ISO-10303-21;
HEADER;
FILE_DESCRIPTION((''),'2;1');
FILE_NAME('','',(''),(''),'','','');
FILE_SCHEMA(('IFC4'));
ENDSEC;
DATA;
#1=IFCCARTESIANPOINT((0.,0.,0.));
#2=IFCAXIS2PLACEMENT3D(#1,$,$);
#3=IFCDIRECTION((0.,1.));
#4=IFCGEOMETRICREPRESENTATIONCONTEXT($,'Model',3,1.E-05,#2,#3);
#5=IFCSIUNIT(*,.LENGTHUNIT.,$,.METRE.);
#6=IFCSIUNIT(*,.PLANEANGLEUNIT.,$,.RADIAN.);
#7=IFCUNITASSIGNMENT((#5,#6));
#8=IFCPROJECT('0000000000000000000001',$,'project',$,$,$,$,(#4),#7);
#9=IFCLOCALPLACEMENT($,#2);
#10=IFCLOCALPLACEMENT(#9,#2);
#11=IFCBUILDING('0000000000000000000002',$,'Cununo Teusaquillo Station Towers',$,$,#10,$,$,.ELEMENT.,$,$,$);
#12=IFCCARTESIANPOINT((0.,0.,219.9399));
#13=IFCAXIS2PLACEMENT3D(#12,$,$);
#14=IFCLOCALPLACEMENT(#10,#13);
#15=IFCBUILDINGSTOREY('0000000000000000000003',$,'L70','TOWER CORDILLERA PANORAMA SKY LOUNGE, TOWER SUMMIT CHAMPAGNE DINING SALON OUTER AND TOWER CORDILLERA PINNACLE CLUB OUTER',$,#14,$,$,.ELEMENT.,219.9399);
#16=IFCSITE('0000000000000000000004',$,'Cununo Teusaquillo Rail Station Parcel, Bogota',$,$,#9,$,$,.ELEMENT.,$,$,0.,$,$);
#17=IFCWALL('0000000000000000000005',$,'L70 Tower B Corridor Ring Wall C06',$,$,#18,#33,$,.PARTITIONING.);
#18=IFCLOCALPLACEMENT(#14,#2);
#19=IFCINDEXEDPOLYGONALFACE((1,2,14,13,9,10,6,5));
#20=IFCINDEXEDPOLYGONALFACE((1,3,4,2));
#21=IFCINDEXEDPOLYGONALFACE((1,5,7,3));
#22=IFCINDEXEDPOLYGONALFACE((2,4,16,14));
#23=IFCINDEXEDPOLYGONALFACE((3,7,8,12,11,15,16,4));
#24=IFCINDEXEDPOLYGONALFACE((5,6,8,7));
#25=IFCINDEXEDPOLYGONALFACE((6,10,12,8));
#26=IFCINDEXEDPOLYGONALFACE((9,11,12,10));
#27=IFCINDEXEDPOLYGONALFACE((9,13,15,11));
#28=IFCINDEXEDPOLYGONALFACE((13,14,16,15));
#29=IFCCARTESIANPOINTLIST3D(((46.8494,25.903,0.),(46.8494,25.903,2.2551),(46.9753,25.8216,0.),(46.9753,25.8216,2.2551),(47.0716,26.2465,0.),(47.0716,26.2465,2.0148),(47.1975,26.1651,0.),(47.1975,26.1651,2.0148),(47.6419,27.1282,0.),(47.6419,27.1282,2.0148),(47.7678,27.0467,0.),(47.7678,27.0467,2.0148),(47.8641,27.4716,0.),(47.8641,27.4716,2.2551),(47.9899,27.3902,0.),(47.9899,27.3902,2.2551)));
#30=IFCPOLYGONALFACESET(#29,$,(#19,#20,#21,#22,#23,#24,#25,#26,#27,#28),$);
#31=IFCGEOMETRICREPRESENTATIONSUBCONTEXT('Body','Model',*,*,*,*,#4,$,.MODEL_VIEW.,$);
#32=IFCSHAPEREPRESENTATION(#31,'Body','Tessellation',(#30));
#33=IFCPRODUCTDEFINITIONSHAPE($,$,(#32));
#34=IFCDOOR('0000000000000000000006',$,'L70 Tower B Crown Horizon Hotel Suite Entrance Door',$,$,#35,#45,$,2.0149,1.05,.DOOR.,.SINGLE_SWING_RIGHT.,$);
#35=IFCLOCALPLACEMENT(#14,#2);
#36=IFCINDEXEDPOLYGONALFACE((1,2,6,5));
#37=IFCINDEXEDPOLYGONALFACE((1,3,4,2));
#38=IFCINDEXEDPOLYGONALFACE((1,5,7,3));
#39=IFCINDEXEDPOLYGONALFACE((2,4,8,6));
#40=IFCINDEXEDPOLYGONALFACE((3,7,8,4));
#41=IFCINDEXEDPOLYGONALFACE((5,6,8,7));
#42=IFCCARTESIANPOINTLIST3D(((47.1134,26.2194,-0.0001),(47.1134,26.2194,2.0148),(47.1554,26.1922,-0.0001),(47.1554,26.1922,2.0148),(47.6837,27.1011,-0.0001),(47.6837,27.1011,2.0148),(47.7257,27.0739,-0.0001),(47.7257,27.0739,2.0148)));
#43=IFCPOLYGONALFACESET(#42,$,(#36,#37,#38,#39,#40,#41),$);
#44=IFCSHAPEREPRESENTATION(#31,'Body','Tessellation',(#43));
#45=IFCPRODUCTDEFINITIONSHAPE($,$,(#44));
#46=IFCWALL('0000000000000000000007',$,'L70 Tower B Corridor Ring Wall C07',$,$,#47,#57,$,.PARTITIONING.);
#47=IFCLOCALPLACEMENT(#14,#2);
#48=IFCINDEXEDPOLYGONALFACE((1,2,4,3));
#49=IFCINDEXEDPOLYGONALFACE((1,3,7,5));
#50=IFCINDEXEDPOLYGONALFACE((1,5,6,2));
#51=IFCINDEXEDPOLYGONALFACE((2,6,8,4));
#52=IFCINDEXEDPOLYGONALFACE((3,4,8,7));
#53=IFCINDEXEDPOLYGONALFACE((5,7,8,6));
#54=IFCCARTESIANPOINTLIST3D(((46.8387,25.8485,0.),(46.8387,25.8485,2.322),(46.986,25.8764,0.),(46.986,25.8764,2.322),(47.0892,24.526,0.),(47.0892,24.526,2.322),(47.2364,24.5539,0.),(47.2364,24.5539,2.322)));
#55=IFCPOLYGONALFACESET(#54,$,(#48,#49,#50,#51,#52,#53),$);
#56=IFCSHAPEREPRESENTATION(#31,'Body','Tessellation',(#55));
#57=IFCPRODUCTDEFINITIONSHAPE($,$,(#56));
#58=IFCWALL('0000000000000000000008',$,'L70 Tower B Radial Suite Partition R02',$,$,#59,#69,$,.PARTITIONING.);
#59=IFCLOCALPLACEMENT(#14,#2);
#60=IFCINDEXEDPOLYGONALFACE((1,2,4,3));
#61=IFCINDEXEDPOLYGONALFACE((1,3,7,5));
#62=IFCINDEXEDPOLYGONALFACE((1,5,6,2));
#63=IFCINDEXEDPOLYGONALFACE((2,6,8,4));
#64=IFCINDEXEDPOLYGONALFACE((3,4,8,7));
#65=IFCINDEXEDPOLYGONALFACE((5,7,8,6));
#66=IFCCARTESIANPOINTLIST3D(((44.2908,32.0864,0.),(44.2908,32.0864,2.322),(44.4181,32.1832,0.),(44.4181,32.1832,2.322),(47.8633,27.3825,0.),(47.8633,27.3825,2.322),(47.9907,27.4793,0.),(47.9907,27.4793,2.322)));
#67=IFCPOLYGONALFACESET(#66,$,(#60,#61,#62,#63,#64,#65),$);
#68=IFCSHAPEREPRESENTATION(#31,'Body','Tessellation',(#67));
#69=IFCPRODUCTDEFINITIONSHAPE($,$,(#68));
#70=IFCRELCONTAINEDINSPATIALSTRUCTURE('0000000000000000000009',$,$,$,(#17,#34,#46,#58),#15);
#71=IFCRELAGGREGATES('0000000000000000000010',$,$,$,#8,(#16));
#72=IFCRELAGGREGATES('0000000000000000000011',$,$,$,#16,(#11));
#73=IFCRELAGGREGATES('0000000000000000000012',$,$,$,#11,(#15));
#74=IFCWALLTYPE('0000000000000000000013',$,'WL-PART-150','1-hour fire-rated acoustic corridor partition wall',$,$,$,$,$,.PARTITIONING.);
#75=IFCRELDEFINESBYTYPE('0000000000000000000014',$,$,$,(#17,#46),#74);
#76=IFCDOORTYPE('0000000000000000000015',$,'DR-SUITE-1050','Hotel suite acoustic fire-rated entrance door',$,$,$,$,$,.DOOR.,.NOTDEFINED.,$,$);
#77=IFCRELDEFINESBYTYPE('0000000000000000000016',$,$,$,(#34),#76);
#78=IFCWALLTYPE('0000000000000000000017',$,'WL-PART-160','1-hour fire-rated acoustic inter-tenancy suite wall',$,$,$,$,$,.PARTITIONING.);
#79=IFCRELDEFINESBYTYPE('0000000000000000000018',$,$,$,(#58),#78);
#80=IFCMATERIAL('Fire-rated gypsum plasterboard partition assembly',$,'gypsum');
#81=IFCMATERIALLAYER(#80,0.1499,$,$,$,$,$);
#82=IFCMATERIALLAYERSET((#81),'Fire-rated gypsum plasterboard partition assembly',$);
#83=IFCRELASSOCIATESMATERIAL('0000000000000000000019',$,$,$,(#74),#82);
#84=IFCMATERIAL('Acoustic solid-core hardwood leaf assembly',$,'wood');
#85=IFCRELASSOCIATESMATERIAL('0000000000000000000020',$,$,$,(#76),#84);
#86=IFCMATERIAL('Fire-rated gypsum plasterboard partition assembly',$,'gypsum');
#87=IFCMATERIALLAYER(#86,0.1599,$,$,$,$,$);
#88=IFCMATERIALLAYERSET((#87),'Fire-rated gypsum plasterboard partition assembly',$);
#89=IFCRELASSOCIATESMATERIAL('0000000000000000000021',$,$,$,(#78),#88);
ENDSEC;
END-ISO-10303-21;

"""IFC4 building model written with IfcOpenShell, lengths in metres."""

from ifc_helpers import new_model, si_unit, direction, frame, frame_2d, origin, place, context, subcontext, project, spatial, rectangle, extrude, source, transform, mapped, material, layer, layer_set, type_object, element, fill, save


model = new_model("IFC4")

# Units and contexts
model_context = context("Model", 3, precision=1e-05, world=origin(), true_north=direction((0.0, 1.0)))
body_context = subcontext(model_context, "Body", "Model", "MODEL_VIEW")
ifc_project = project(units=[si_unit("LENGTHUNIT", "METRE"), si_unit("PLANEANGLEUNIT", "RADIAN")], contexts=[model_context])

# Site, building, storey
site_placement = place(None, origin())
site = spatial("IfcSite", under=ifc_project, at=site_placement, Name="Cununo Teusaquillo Rail Station Parcel, Bogota", CompositionType="ELEMENT", RefElevation=0.0)
building_placement = place(site_placement, origin())
building = spatial("IfcBuilding", under=site, at=building_placement, Name="Cununo Teusaquillo Station Towers", CompositionType="ELEMENT")
storey_placement = place(building_placement, frame((0.0, 0.0, 219.9399)))
storey = spatial("IfcBuildingStorey", under=building, at=storey_placement, Name="L70", Description="TOWER CORDILLERA PANORAMA SKY LOUNGE, TOWER SUMMIT CHAMPAGNE DINING SALON OUTER AND TOWER CORDILLERA PINNACLE CLUB OUTER", CompositionType="ELEMENT", Elevation=219.9399)

# Wall, opening, door
ifc_material_1 = material(Name="Fire-rated gypsum plasterboard partition assembly", Category="gypsum")
ifc_layer_1 = layer(ifc_material_1, 0.1499)
ifc_layer_set_1 = layer_set([ifc_layer_1], Name="Fire-rated gypsum plasterboard partition assembly")
wall_type_1 = type_object("IfcWallType", Name="WL-PART-150", Description="1-hour fire-rated acoustic corridor partition wall", PredefinedType="PARTITIONING", material=ifc_layer_set_1)
wall_1_placement = place(storey_placement, frame((47.927, 27.4309, 0.0), z_axis=(0.0, 0.0, 1.0), x_axis=(-0.543127, -0.839651, 0.0)))
wall_1 = element("IfcWall", 1, at=wall_1_placement, inside=storey, type_object=wall_type_1, Name="L70 Tower B Corridor Ring Wall C06", PredefinedType="PARTITIONING", context=body_context, shape_type="SweptSolid", body=[
    extrude(rectangle(XDim=1.8682, YDim=0.1499, at=frame_2d((0.9341, 0.0))), origin(), (0.0, 0.0, 1.0), 2.2551),
])
shared_shape_1 = source(origin(), body_context, "Body", "SweptSolid", [
    extrude(rectangle(XDim=1.05, YDim=2.0149, at=frame_2d((0.5249, 1.0073))), frame((0.0, 0.085, 0.0), z_axis=(0.0, -1.0, 0.0), x_axis=(1.0, 0.0, 0.0)), (0.0, 0.0, 1.0), 0.1699),
])
opening_1_placement = place(wall_1_placement, frame((0.4092, 0.0, 0.0)))
opening_1 = element("IfcOpeningElement", 2, at=opening_1_placement, cuts=wall_1, PredefinedType="OPENING", context=body_context, shape_type="MappedRepresentation", body=[
    mapped(shared_shape_1, transform((0.0, 0.0, 0.0), x_axis=(1.0, 0.0, 0.0), y_axis=(0.0, 1.0, 0.0), z_axis=(0.0, 0.0, 1.0), scale=1.0)),
])
ifc_material_2 = material(Name="Acoustic solid-core hardwood leaf assembly", Category="wood")
door_type_1 = type_object("IfcDoorType", Name="DR-SUITE-1050", Description="Hotel suite acoustic fire-rated entrance door", OperationType="NOTDEFINED", PredefinedType="DOOR", material=ifc_material_2)
shared_shape_2 = source(origin(), body_context, "Body", "SweptSolid", [
    extrude(rectangle(XDim=1.05, YDim=2.0149, at=frame_2d((0.5249, 1.0073))), frame((0.0, 0.0249, 0.0), z_axis=(0.0, -1.0, 0.0), x_axis=(1.0, 0.0, 0.0)), (0.0, 0.0, 1.0), 0.05),
])
door_1_placement = place(opening_1_placement, origin())
door_1 = element("IfcDoor", 3, at=door_1_placement, inside=storey, type_object=door_type_1, Name="L70 Tower B Crown Horizon Hotel Suite Entrance Door", OperationType="SINGLE_SWING_RIGHT", OverallHeight=2.0149, OverallWidth=1.05, PredefinedType="DOOR", context=body_context, shape_type="MappedRepresentation", body=[
    mapped(shared_shape_2, transform((0.0, 0.0, 0.0), x_axis=(1.0, 0.0, 0.0), y_axis=(0.0, 1.0, 0.0), z_axis=(0.0, 0.0, 1.0), scale=1.0)),
])
fill(opening_1, door_1)

# Walls
wall_2_placement = place(storey_placement, frame((46.9124, 25.8623, 0.0), z_axis=(0.0, 0.0, 1.0), x_axis=(0.186095, -0.982532, 0.0)))
element("IfcWall", 4, at=wall_2_placement, inside=storey, type_object=wall_type_1, Name="L70 Tower B Corridor Ring Wall C07", PredefinedType="PARTITIONING", context=body_context, shape_type="SweptSolid", body=[
    extrude(rectangle(XDim=1.3459, YDim=0.1499, at=frame_2d((0.6729, 0.0))), origin(), (0.0, 0.0, 1.0), 2.322),
])
ifc_material_3 = material(Name="Fire-rated gypsum plasterboard partition assembly", Category="gypsum")
ifc_layer_2 = layer(ifc_material_3, 0.1599)
ifc_layer_set_2 = layer_set([ifc_layer_2], Name="Fire-rated gypsum plasterboard partition assembly")
wall_type_2 = type_object("IfcWallType", Name="WL-PART-160", Description="1-hour fire-rated acoustic inter-tenancy suite wall", PredefinedType="PARTITIONING", material=ifc_layer_set_2)
wall_3_placement = place(storey_placement, frame((47.927, 27.4309, 0.0), z_axis=(0.0, 0.0, 1.0), x_axis=(-0.604823, 0.79636, 0.0)))
element("IfcWall", 5, at=wall_3_placement, inside=storey, type_object=wall_type_2, Name="L70 Tower B Radial Suite Partition R02", PredefinedType="PARTITIONING", context=body_context, shape_type="SweptSolid", body=[
    extrude(rectangle(XDim=5.9067, YDim=0.1599, at=frame_2d((2.9534, 0.0))), origin(), (0.0, 0.0, 1.0), 2.322),
])

save(model, "model.ifc")
